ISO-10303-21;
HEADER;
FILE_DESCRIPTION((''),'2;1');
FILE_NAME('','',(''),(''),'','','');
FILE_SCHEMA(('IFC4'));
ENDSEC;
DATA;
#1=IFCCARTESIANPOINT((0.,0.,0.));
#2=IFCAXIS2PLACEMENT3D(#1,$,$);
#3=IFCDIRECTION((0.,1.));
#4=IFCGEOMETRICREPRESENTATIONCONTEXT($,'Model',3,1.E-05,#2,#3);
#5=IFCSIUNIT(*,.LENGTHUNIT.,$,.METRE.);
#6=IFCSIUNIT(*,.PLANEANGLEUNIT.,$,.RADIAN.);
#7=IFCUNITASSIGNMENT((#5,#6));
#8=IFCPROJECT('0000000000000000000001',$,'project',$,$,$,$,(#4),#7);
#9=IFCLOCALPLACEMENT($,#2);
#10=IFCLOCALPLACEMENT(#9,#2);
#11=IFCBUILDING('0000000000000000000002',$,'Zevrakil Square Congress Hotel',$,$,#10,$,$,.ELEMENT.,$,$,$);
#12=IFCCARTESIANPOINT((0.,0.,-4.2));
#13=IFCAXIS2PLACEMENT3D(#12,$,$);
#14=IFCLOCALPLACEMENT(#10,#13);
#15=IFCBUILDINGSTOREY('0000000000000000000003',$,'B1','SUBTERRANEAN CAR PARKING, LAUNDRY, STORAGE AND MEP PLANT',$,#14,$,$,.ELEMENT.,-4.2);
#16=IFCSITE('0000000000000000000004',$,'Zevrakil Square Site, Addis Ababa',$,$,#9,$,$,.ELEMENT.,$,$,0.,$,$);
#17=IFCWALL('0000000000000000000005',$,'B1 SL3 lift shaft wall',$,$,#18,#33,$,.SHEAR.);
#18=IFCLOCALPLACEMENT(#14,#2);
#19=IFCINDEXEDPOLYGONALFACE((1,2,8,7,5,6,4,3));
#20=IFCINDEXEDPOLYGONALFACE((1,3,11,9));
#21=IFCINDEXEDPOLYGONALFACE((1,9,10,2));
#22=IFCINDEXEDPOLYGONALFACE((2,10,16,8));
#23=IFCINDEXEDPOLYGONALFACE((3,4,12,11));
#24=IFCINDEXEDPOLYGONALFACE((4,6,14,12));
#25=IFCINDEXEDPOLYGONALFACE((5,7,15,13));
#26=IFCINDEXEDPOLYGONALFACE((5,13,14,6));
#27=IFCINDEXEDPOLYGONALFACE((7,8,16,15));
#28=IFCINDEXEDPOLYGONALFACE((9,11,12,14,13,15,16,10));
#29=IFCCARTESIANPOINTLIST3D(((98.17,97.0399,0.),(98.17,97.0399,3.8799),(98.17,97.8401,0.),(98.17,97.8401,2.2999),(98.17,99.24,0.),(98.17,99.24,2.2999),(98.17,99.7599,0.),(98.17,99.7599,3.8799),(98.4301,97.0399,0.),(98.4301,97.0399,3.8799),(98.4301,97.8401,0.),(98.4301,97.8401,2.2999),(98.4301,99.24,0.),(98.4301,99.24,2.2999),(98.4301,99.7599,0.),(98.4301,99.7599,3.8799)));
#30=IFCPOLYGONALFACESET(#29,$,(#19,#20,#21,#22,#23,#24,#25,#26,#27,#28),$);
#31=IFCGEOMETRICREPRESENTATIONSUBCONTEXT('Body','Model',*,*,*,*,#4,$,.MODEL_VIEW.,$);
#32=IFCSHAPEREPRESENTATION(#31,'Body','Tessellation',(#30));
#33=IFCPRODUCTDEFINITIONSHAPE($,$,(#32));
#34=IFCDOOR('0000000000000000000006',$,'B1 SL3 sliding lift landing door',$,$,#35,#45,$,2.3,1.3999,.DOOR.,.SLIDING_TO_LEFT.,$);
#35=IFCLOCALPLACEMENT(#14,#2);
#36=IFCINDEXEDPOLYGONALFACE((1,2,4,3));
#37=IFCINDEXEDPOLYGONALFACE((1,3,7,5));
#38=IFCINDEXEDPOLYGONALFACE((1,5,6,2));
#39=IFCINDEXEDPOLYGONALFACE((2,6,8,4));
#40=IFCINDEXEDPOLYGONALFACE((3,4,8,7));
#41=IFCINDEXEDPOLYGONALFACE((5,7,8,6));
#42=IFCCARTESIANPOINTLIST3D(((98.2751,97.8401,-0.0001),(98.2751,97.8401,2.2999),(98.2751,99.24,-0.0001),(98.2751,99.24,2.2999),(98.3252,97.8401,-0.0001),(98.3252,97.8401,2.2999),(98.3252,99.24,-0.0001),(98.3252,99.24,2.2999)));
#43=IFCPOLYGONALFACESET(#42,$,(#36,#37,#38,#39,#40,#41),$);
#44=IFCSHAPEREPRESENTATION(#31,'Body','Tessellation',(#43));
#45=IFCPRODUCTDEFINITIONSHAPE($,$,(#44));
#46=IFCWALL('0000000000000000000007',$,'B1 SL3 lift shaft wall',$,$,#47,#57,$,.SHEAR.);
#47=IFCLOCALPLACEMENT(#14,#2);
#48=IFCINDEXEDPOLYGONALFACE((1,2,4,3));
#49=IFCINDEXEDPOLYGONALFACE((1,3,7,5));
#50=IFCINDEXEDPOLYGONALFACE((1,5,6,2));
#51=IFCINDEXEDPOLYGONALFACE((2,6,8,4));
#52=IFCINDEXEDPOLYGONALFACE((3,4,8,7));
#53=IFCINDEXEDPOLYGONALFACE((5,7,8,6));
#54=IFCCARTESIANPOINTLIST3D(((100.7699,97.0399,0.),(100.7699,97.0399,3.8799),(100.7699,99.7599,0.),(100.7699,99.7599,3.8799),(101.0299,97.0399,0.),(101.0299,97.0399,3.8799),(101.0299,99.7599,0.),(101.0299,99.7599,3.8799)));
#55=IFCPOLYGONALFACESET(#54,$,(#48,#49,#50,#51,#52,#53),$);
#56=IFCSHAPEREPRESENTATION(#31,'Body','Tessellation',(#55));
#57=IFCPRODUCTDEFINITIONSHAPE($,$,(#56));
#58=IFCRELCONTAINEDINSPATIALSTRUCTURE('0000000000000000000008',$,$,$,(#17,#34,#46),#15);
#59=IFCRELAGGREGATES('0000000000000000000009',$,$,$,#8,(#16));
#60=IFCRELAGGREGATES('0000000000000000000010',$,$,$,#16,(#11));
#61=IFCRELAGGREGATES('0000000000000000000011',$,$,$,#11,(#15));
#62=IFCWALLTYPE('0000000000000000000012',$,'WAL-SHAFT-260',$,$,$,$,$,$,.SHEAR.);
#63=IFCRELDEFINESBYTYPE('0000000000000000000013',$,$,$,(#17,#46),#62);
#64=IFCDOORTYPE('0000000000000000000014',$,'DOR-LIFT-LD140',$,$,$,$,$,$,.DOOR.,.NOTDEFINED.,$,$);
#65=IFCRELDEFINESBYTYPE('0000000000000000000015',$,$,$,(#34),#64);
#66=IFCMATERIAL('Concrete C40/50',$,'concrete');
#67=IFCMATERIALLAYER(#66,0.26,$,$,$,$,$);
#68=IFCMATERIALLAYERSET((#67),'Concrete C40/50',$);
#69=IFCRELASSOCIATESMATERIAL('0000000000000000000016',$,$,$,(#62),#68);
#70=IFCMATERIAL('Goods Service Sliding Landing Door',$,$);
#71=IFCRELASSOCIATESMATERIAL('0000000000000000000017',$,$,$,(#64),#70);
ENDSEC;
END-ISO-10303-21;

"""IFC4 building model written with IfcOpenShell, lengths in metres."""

from ifc_helpers import new_model, si_unit, direction, frame, frame_2d, origin, place, context, subcontext, project, spatial, rectangle, extrude, material, layer, layer_set, type_object, element, fill, save


model = new_model("IFC4")

# Units and contexts
model_context = context("Model", 3, precision=1e-05, world=origin(), true_north=direction((0.0, 1.0)))
body_context = subcontext(model_context, "Body", "Model", "MODEL_VIEW")
ifc_project = project(units=[si_unit("LENGTHUNIT", "METRE"), si_unit("PLANEANGLEUNIT", "RADIAN")], contexts=[model_context])

# Site, building, storey
site_placement = place(None, origin())
site = spatial("IfcSite", under=ifc_project, at=site_placement, Name="Zevrakil Square Site, Addis Ababa", CompositionType="ELEMENT", RefElevation=0.0)
building_placement = place(site_placement, origin())
building = spatial("IfcBuilding", under=site, at=building_placement, Name="Zevrakil Square Congress Hotel", CompositionType="ELEMENT")
storey_placement = place(building_placement, frame((0.0, 0.0, -4.2)))
storey = spatial("IfcBuildingStorey", under=building, at=storey_placement, Name="B1", Description="SUBTERRANEAN CAR PARKING, LAUNDRY, STORAGE AND MEP PLANT", CompositionType="ELEMENT", Elevation=-4.2)

# Shared definitions
ifc_material_1 = material(Name="Concrete C40/50", Category="concrete")
ifc_layer = layer(ifc_material_1, 0.26)
ifc_layer_set = layer_set([ifc_layer], Name="Concrete C40/50")
wall_type = type_object("IfcWallType", Name="WAL-SHAFT-260", PredefinedType="SHEAR", material=ifc_layer_set)

# Wall, opening, door
wall_1_placement = place(storey_placement, frame((98.3, 97.04, 0.0), z_axis=(0.0, 0.0, 1.0), x_axis=(0.0, 1.0, 0.0)))
wall_1 = element("IfcWall", 1, at=wall_1_placement, inside=storey, type_object=wall_type, Name="B1 SL3 lift shaft wall", PredefinedType="SHEAR", context=body_context, shape_type="SweptSolid", body=[
    extrude(rectangle(XDim=2.72, YDim=0.26, at=frame_2d((1.3599, 0.0))), origin(), (0.0, 0.0, 1.0), 3.8799),
])
opening_placement = place(wall_1_placement, frame((0.8, 0.0, 0.0)))
opening = element("IfcOpeningElement", 2, at=opening_placement, cuts=wall_1, PredefinedType="OPENING", context=body_context, shape_type="SweptSolid", body=[
    extrude(rectangle(XDim=1.3999, YDim=2.3, at=frame_2d((0.7, 1.1499))), frame((0.0, 0.1401, 0.0), z_axis=(0.0, -1.0, 0.0), x_axis=(1.0, 0.0, 0.0)), (0.0, 0.0, 1.0), 0.28),
])
ifc_material_2 = material(Name="Goods Service Sliding Landing Door")
door_type = type_object("IfcDoorType", Name="DOR-LIFT-LD140", OperationType="NOTDEFINED", PredefinedType="DOOR", material=ifc_material_2)
door_placement = place(opening_placement, origin())
door = element("IfcDoor", 3, at=door_placement, inside=storey, type_object=door_type, Name="B1 SL3 sliding lift landing door", OperationType="SLIDING_TO_LEFT", OverallHeight=2.3, OverallWidth=1.3999, PredefinedType="DOOR", context=body_context, shape_type="SweptSolid", body=[
    extrude(rectangle(XDim=1.3999, YDim=2.3, at=frame_2d((0.7, 1.1499))), frame((0.0, 0.0249, 0.0), z_axis=(0.0, -1.0, 0.0), x_axis=(1.0, 0.0, 0.0)), (0.0, 0.0, 1.0), 0.05),
])
fill(opening, door)

# Wall
wall_2_placement = place(storey_placement, frame((100.8999, 97.04, 0.0), z_axis=(0.0, 0.0, 1.0), x_axis=(0.0, 1.0, 0.0)))
element("IfcWall", 4, at=wall_2_placement, inside=storey, type_object=wall_type, Name="B1 SL3 lift shaft wall", PredefinedType="SHEAR", context=body_context, shape_type="SweptSolid", body=[
    extrude(rectangle(XDim=2.72, YDim=0.26, at=frame_2d((1.3599, 0.0))), origin(), (0.0, 0.0, 1.0), 3.8799),
])

save(model, "model.ifc")
